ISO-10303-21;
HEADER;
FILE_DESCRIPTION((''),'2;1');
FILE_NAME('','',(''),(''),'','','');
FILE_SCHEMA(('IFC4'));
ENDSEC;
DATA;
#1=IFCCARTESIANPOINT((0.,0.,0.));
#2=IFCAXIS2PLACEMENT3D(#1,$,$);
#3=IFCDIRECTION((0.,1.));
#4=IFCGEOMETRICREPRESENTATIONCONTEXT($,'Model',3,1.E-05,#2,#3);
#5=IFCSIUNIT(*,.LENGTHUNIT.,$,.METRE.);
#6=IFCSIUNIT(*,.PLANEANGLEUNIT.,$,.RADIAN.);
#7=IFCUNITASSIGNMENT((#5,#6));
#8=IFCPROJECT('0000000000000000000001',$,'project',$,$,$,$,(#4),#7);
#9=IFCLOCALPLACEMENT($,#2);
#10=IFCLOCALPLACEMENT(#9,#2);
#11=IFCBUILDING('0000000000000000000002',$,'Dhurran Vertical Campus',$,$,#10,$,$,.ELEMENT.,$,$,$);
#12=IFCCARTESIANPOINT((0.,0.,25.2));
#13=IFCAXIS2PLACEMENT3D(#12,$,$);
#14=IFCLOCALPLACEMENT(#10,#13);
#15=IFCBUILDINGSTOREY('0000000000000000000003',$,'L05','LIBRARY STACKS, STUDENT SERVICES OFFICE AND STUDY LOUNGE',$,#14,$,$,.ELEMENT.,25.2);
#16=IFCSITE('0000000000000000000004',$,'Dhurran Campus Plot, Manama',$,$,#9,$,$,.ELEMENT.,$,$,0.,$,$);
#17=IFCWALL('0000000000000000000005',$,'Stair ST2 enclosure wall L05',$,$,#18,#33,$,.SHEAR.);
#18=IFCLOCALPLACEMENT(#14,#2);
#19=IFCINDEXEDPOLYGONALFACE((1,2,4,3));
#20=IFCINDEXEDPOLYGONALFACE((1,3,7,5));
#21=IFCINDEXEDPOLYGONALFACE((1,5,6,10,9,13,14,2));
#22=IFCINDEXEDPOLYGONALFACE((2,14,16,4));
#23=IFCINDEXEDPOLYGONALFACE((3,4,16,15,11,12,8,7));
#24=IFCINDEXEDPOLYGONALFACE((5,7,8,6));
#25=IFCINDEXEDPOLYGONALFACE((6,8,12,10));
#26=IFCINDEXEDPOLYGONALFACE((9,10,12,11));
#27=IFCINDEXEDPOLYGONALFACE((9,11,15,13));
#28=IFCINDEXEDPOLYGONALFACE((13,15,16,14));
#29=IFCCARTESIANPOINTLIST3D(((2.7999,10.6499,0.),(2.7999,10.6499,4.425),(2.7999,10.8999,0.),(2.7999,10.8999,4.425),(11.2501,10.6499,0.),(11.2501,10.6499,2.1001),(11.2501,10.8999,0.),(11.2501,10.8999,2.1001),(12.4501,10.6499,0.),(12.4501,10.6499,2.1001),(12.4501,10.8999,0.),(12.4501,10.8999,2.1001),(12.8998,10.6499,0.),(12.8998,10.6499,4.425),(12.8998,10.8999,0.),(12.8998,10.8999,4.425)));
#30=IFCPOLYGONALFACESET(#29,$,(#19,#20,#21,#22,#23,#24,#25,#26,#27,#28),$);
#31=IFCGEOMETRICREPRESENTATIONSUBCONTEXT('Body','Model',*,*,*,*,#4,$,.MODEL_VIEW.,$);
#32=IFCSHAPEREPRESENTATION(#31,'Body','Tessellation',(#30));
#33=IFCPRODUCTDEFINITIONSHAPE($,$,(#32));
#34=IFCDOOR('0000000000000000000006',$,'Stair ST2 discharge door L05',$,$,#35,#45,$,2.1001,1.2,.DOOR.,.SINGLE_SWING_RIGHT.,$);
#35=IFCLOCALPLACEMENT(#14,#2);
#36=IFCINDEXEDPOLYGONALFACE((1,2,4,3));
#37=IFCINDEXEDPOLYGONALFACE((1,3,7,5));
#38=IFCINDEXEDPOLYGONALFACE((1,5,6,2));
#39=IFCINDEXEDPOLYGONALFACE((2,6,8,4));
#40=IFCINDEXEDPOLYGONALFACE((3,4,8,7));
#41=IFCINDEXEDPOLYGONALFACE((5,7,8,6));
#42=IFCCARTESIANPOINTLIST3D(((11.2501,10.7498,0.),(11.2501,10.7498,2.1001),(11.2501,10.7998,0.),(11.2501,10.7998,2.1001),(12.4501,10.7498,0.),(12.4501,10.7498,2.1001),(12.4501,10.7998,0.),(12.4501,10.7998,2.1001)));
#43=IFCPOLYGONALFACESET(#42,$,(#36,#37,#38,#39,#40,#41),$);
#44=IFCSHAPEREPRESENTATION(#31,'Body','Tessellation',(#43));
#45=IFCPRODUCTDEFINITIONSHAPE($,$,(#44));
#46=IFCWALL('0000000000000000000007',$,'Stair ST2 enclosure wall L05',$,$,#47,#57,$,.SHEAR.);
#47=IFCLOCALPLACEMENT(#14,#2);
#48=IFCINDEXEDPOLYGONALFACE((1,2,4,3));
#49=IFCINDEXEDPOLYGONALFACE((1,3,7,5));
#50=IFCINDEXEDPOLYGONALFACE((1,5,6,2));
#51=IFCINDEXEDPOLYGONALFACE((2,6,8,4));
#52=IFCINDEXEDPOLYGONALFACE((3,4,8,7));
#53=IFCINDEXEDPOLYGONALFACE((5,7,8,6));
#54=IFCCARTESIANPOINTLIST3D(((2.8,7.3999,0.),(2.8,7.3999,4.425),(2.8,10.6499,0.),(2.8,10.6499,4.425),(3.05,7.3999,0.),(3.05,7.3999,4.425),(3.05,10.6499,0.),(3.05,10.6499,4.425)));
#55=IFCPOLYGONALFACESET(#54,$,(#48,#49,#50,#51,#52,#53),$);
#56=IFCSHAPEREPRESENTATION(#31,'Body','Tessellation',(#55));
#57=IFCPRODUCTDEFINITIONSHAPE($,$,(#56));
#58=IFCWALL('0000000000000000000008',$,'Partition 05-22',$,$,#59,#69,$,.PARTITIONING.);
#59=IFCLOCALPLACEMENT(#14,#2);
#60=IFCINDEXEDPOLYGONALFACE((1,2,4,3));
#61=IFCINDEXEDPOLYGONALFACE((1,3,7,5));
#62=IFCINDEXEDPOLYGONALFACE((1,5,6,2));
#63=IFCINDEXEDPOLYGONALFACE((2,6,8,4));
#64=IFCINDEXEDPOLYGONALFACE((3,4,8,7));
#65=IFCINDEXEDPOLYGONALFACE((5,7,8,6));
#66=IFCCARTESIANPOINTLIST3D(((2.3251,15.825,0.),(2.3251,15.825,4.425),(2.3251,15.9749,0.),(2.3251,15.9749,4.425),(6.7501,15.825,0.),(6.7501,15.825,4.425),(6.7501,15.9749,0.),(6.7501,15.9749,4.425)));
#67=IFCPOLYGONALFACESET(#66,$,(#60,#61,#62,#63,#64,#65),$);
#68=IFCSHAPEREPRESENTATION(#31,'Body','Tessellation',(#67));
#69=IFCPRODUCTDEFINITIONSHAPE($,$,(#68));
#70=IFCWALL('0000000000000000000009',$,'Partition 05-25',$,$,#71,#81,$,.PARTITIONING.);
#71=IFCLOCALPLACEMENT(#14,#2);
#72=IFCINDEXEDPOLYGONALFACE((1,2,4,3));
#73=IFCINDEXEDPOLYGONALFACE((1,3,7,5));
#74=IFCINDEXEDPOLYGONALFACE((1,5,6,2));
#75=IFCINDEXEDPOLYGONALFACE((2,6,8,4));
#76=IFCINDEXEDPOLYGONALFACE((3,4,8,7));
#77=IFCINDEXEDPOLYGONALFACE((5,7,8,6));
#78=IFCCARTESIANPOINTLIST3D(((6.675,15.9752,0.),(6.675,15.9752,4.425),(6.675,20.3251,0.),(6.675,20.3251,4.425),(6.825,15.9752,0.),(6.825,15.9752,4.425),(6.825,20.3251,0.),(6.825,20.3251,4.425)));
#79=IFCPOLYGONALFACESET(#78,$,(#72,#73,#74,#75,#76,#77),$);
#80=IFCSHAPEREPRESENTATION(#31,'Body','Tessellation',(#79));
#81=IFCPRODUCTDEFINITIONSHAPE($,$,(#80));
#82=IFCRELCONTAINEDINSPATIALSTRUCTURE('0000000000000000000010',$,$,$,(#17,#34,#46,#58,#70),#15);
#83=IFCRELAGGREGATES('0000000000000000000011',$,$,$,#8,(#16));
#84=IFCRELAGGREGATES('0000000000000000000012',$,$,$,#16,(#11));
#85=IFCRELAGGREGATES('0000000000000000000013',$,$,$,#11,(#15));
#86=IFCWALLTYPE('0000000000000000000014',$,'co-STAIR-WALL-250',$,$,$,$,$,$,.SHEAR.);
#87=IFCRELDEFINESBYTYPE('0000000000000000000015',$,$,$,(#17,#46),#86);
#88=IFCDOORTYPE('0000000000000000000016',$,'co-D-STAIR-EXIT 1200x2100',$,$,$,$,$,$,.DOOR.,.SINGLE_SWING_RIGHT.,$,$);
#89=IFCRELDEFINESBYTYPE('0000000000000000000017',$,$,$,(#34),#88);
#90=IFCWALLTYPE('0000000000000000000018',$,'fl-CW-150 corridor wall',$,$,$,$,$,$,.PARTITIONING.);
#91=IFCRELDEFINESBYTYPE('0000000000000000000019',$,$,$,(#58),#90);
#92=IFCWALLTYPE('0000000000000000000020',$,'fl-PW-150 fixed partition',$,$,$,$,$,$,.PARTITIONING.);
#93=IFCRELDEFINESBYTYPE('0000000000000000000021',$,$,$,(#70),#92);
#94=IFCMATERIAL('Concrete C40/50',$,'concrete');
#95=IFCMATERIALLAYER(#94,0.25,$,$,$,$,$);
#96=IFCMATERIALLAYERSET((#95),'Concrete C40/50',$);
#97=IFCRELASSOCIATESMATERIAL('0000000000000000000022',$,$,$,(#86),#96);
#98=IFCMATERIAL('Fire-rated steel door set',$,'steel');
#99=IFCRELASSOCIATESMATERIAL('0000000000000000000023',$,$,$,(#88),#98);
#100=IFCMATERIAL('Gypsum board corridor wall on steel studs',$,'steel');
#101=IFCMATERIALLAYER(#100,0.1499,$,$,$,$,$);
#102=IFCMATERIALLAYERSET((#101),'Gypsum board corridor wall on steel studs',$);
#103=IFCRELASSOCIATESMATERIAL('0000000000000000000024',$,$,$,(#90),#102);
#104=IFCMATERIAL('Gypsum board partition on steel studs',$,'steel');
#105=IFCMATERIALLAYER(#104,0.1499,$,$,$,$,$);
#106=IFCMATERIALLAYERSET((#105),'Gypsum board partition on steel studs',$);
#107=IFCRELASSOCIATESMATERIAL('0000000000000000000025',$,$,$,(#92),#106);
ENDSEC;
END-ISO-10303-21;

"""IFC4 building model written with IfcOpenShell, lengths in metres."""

from ifc_helpers import new_model, si_unit, direction, frame, frame_2d, origin, place, context, subcontext, project, spatial, rectangle, extrude, material, layer, layer_set, type_object, element, fill, save


model = new_model("IFC4")

# Units and contexts
model_context = context("Model", 3, precision=1e-05, world=origin(), true_north=direction((0.0, 1.0)))
body_context = subcontext(model_context, "Body", "Model", "MODEL_VIEW")
ifc_project = project(units=[si_unit("LENGTHUNIT", "METRE"), si_unit("PLANEANGLEUNIT", "RADIAN")], contexts=[model_context])

# Site, building, storey
site_placement = place(None, origin())
site = spatial("IfcSite", under=ifc_project, at=site_placement, Name="Dhurran Campus Plot, Manama", CompositionType="ELEMENT", RefElevation=0.0)
building_placement = place(site_placement, origin())
building = spatial("IfcBuilding", under=site, at=building_placement, Name="Dhurran Vertical Campus", CompositionType="ELEMENT")
storey_placement = place(building_placement, frame((0.0, 0.0, 25.2)))
storey = spatial("IfcBuildingStorey", under=building, at=storey_placement, Name="L05", Description="LIBRARY STACKS, STUDENT SERVICES OFFICE AND STUDY LOUNGE", CompositionType="ELEMENT", Elevation=25.2)

# Wall, opening, door
ifc_material_1 = material(Name="Concrete C40/50", Category="concrete")
ifc_layer_1 = layer(ifc_material_1, 0.25)
ifc_layer_set_1 = layer_set([ifc_layer_1], Name="Concrete C40/50")
wall_type_1 = type_object("IfcWallType", Name="co-STAIR-WALL-250", PredefinedType="SHEAR", material=ifc_layer_set_1)
wall_1_placement = place(storey_placement, frame((2.8, 10.7749, 0.0), z_axis=(0.0, 0.0, 1.0), x_axis=(1.0, 0.0, 0.0)))
wall_1 = element("IfcWall", 1, at=wall_1_placement, inside=storey, type_object=wall_type_1, Name="Stair ST2 enclosure wall L05", PredefinedType="SHEAR", context=body_context, shape_type="SweptSolid", body=[
    extrude(rectangle(XDim=10.0999, YDim=0.25, at=frame_2d((5.0498, 0.0))), origin(), (0.0, 0.0, 1.0), 4.425),
])
opening_1_placement = place(wall_1_placement, frame((8.45, 0.0, 0.0)))
opening_1 = element("IfcOpeningElement", 2, at=opening_1_placement, cuts=wall_1, PredefinedType="OPENING", context=body_context, shape_type="SweptSolid", body=[
    extrude(rectangle(XDim=1.2, YDim=2.1001, at=frame_2d((0.6001, 1.05))), frame((0.0, 0.135, 0.0), z_axis=(0.0, -1.0, 0.0), x_axis=(1.0, 0.0, 0.0)), (0.0, 0.0, 1.0), 0.27),
])
ifc_material_2 = material(Name="Fire-rated steel door set", Category="steel")
door_type_1 = type_object("IfcDoorType", Name="co-D-STAIR-EXIT 1200x2100", OperationType="SINGLE_SWING_RIGHT", PredefinedType="DOOR", material=ifc_material_2)
door_1_placement = place(opening_1_placement, origin())
door_1 = element("IfcDoor", 3, at=door_1_placement, inside=storey, type_object=door_type_1, Name="Stair ST2 discharge door L05", OperationType="SINGLE_SWING_RIGHT", OverallHeight=2.1001, OverallWidth=1.2, PredefinedType="DOOR", context=body_context, shape_type="SweptSolid", body=[
    extrude(rectangle(XDim=1.2, YDim=2.1001, at=frame_2d((0.6001, 1.05))), frame((0.0, 0.0249, 0.0), z_axis=(0.0, -1.0, 0.0), x_axis=(1.0, 0.0, 0.0)), (0.0, 0.0, 1.0), 0.05),
])
fill(opening_1, door_1)

# Walls
wall_2_placement = place(storey_placement, frame((2.925, 7.3999, 0.0), z_axis=(0.0, 0.0, 1.0), x_axis=(0.0, 1.0, 0.0)))
element("IfcWall", 4, at=wall_2_placement, inside=storey, type_object=wall_type_1, Name="Stair ST2 enclosure wall L05", PredefinedType="SHEAR", context=body_context, shape_type="SweptSolid", body=[
    extrude(rectangle(XDim=3.25, YDim=0.25, at=frame_2d((1.625, 0.0))), origin(), (0.0, 0.0, 1.0), 4.425),
])
ifc_material_3 = material(Name="Gypsum board corridor wall on steel studs", Category="steel")
ifc_layer_2 = layer(ifc_material_3, 0.1499)
ifc_layer_set_2 = layer_set([ifc_layer_2], Name="Gypsum board corridor wall on steel studs")
wall_type_2 = type_object("IfcWallType", Name="fl-CW-150 corridor wall", PredefinedType="PARTITIONING", material=ifc_layer_set_2)
wall_3_placement = place(storey_placement, frame((6.75, 15.8999, 0.0), z_axis=(0.0, 0.0, 1.0), x_axis=(-1.0, 0.0, 0.0)))
element("IfcWall", 5, at=wall_3_placement, inside=storey, type_object=wall_type_2, Name="Partition 05-22", PredefinedType="PARTITIONING", context=body_context, shape_type="SweptSolid", body=[
    extrude(rectangle(XDim=4.425, YDim=0.1499, at=frame_2d((2.2124, 0.0))), origin(), (0.0, 0.0, 1.0), 4.425),
])
ifc_material_4 = material(Name="Gypsum board partition on steel studs", Category="steel")
ifc_layer_3 = layer(ifc_material_4, 0.1499)
ifc_layer_set_3 = layer_set([ifc_layer_3], Name="Gypsum board partition on steel studs")
wall_type_3 = type_object("IfcWallType", Name="fl-PW-150 fixed partition", PredefinedType="PARTITIONING", material=ifc_layer_set_3)
wall_4_placement = place(storey_placement, frame((6.75, 20.325, 0.0), z_axis=(0.0, 0.0, 1.0), x_axis=(0.0, -1.0, 0.0)))
element("IfcWall", 6, at=wall_4_placement, inside=storey, type_object=wall_type_3, Name="Partition 05-25", PredefinedType="PARTITIONING", context=body_context, shape_type="SweptSolid", body=[
    extrude(rectangle(XDim=4.3499, YDim=0.1499, at=frame_2d((2.1748, 0.0))), origin(), (0.0, 0.0, 1.0), 4.425),
])

save(model, "model.ifc")
